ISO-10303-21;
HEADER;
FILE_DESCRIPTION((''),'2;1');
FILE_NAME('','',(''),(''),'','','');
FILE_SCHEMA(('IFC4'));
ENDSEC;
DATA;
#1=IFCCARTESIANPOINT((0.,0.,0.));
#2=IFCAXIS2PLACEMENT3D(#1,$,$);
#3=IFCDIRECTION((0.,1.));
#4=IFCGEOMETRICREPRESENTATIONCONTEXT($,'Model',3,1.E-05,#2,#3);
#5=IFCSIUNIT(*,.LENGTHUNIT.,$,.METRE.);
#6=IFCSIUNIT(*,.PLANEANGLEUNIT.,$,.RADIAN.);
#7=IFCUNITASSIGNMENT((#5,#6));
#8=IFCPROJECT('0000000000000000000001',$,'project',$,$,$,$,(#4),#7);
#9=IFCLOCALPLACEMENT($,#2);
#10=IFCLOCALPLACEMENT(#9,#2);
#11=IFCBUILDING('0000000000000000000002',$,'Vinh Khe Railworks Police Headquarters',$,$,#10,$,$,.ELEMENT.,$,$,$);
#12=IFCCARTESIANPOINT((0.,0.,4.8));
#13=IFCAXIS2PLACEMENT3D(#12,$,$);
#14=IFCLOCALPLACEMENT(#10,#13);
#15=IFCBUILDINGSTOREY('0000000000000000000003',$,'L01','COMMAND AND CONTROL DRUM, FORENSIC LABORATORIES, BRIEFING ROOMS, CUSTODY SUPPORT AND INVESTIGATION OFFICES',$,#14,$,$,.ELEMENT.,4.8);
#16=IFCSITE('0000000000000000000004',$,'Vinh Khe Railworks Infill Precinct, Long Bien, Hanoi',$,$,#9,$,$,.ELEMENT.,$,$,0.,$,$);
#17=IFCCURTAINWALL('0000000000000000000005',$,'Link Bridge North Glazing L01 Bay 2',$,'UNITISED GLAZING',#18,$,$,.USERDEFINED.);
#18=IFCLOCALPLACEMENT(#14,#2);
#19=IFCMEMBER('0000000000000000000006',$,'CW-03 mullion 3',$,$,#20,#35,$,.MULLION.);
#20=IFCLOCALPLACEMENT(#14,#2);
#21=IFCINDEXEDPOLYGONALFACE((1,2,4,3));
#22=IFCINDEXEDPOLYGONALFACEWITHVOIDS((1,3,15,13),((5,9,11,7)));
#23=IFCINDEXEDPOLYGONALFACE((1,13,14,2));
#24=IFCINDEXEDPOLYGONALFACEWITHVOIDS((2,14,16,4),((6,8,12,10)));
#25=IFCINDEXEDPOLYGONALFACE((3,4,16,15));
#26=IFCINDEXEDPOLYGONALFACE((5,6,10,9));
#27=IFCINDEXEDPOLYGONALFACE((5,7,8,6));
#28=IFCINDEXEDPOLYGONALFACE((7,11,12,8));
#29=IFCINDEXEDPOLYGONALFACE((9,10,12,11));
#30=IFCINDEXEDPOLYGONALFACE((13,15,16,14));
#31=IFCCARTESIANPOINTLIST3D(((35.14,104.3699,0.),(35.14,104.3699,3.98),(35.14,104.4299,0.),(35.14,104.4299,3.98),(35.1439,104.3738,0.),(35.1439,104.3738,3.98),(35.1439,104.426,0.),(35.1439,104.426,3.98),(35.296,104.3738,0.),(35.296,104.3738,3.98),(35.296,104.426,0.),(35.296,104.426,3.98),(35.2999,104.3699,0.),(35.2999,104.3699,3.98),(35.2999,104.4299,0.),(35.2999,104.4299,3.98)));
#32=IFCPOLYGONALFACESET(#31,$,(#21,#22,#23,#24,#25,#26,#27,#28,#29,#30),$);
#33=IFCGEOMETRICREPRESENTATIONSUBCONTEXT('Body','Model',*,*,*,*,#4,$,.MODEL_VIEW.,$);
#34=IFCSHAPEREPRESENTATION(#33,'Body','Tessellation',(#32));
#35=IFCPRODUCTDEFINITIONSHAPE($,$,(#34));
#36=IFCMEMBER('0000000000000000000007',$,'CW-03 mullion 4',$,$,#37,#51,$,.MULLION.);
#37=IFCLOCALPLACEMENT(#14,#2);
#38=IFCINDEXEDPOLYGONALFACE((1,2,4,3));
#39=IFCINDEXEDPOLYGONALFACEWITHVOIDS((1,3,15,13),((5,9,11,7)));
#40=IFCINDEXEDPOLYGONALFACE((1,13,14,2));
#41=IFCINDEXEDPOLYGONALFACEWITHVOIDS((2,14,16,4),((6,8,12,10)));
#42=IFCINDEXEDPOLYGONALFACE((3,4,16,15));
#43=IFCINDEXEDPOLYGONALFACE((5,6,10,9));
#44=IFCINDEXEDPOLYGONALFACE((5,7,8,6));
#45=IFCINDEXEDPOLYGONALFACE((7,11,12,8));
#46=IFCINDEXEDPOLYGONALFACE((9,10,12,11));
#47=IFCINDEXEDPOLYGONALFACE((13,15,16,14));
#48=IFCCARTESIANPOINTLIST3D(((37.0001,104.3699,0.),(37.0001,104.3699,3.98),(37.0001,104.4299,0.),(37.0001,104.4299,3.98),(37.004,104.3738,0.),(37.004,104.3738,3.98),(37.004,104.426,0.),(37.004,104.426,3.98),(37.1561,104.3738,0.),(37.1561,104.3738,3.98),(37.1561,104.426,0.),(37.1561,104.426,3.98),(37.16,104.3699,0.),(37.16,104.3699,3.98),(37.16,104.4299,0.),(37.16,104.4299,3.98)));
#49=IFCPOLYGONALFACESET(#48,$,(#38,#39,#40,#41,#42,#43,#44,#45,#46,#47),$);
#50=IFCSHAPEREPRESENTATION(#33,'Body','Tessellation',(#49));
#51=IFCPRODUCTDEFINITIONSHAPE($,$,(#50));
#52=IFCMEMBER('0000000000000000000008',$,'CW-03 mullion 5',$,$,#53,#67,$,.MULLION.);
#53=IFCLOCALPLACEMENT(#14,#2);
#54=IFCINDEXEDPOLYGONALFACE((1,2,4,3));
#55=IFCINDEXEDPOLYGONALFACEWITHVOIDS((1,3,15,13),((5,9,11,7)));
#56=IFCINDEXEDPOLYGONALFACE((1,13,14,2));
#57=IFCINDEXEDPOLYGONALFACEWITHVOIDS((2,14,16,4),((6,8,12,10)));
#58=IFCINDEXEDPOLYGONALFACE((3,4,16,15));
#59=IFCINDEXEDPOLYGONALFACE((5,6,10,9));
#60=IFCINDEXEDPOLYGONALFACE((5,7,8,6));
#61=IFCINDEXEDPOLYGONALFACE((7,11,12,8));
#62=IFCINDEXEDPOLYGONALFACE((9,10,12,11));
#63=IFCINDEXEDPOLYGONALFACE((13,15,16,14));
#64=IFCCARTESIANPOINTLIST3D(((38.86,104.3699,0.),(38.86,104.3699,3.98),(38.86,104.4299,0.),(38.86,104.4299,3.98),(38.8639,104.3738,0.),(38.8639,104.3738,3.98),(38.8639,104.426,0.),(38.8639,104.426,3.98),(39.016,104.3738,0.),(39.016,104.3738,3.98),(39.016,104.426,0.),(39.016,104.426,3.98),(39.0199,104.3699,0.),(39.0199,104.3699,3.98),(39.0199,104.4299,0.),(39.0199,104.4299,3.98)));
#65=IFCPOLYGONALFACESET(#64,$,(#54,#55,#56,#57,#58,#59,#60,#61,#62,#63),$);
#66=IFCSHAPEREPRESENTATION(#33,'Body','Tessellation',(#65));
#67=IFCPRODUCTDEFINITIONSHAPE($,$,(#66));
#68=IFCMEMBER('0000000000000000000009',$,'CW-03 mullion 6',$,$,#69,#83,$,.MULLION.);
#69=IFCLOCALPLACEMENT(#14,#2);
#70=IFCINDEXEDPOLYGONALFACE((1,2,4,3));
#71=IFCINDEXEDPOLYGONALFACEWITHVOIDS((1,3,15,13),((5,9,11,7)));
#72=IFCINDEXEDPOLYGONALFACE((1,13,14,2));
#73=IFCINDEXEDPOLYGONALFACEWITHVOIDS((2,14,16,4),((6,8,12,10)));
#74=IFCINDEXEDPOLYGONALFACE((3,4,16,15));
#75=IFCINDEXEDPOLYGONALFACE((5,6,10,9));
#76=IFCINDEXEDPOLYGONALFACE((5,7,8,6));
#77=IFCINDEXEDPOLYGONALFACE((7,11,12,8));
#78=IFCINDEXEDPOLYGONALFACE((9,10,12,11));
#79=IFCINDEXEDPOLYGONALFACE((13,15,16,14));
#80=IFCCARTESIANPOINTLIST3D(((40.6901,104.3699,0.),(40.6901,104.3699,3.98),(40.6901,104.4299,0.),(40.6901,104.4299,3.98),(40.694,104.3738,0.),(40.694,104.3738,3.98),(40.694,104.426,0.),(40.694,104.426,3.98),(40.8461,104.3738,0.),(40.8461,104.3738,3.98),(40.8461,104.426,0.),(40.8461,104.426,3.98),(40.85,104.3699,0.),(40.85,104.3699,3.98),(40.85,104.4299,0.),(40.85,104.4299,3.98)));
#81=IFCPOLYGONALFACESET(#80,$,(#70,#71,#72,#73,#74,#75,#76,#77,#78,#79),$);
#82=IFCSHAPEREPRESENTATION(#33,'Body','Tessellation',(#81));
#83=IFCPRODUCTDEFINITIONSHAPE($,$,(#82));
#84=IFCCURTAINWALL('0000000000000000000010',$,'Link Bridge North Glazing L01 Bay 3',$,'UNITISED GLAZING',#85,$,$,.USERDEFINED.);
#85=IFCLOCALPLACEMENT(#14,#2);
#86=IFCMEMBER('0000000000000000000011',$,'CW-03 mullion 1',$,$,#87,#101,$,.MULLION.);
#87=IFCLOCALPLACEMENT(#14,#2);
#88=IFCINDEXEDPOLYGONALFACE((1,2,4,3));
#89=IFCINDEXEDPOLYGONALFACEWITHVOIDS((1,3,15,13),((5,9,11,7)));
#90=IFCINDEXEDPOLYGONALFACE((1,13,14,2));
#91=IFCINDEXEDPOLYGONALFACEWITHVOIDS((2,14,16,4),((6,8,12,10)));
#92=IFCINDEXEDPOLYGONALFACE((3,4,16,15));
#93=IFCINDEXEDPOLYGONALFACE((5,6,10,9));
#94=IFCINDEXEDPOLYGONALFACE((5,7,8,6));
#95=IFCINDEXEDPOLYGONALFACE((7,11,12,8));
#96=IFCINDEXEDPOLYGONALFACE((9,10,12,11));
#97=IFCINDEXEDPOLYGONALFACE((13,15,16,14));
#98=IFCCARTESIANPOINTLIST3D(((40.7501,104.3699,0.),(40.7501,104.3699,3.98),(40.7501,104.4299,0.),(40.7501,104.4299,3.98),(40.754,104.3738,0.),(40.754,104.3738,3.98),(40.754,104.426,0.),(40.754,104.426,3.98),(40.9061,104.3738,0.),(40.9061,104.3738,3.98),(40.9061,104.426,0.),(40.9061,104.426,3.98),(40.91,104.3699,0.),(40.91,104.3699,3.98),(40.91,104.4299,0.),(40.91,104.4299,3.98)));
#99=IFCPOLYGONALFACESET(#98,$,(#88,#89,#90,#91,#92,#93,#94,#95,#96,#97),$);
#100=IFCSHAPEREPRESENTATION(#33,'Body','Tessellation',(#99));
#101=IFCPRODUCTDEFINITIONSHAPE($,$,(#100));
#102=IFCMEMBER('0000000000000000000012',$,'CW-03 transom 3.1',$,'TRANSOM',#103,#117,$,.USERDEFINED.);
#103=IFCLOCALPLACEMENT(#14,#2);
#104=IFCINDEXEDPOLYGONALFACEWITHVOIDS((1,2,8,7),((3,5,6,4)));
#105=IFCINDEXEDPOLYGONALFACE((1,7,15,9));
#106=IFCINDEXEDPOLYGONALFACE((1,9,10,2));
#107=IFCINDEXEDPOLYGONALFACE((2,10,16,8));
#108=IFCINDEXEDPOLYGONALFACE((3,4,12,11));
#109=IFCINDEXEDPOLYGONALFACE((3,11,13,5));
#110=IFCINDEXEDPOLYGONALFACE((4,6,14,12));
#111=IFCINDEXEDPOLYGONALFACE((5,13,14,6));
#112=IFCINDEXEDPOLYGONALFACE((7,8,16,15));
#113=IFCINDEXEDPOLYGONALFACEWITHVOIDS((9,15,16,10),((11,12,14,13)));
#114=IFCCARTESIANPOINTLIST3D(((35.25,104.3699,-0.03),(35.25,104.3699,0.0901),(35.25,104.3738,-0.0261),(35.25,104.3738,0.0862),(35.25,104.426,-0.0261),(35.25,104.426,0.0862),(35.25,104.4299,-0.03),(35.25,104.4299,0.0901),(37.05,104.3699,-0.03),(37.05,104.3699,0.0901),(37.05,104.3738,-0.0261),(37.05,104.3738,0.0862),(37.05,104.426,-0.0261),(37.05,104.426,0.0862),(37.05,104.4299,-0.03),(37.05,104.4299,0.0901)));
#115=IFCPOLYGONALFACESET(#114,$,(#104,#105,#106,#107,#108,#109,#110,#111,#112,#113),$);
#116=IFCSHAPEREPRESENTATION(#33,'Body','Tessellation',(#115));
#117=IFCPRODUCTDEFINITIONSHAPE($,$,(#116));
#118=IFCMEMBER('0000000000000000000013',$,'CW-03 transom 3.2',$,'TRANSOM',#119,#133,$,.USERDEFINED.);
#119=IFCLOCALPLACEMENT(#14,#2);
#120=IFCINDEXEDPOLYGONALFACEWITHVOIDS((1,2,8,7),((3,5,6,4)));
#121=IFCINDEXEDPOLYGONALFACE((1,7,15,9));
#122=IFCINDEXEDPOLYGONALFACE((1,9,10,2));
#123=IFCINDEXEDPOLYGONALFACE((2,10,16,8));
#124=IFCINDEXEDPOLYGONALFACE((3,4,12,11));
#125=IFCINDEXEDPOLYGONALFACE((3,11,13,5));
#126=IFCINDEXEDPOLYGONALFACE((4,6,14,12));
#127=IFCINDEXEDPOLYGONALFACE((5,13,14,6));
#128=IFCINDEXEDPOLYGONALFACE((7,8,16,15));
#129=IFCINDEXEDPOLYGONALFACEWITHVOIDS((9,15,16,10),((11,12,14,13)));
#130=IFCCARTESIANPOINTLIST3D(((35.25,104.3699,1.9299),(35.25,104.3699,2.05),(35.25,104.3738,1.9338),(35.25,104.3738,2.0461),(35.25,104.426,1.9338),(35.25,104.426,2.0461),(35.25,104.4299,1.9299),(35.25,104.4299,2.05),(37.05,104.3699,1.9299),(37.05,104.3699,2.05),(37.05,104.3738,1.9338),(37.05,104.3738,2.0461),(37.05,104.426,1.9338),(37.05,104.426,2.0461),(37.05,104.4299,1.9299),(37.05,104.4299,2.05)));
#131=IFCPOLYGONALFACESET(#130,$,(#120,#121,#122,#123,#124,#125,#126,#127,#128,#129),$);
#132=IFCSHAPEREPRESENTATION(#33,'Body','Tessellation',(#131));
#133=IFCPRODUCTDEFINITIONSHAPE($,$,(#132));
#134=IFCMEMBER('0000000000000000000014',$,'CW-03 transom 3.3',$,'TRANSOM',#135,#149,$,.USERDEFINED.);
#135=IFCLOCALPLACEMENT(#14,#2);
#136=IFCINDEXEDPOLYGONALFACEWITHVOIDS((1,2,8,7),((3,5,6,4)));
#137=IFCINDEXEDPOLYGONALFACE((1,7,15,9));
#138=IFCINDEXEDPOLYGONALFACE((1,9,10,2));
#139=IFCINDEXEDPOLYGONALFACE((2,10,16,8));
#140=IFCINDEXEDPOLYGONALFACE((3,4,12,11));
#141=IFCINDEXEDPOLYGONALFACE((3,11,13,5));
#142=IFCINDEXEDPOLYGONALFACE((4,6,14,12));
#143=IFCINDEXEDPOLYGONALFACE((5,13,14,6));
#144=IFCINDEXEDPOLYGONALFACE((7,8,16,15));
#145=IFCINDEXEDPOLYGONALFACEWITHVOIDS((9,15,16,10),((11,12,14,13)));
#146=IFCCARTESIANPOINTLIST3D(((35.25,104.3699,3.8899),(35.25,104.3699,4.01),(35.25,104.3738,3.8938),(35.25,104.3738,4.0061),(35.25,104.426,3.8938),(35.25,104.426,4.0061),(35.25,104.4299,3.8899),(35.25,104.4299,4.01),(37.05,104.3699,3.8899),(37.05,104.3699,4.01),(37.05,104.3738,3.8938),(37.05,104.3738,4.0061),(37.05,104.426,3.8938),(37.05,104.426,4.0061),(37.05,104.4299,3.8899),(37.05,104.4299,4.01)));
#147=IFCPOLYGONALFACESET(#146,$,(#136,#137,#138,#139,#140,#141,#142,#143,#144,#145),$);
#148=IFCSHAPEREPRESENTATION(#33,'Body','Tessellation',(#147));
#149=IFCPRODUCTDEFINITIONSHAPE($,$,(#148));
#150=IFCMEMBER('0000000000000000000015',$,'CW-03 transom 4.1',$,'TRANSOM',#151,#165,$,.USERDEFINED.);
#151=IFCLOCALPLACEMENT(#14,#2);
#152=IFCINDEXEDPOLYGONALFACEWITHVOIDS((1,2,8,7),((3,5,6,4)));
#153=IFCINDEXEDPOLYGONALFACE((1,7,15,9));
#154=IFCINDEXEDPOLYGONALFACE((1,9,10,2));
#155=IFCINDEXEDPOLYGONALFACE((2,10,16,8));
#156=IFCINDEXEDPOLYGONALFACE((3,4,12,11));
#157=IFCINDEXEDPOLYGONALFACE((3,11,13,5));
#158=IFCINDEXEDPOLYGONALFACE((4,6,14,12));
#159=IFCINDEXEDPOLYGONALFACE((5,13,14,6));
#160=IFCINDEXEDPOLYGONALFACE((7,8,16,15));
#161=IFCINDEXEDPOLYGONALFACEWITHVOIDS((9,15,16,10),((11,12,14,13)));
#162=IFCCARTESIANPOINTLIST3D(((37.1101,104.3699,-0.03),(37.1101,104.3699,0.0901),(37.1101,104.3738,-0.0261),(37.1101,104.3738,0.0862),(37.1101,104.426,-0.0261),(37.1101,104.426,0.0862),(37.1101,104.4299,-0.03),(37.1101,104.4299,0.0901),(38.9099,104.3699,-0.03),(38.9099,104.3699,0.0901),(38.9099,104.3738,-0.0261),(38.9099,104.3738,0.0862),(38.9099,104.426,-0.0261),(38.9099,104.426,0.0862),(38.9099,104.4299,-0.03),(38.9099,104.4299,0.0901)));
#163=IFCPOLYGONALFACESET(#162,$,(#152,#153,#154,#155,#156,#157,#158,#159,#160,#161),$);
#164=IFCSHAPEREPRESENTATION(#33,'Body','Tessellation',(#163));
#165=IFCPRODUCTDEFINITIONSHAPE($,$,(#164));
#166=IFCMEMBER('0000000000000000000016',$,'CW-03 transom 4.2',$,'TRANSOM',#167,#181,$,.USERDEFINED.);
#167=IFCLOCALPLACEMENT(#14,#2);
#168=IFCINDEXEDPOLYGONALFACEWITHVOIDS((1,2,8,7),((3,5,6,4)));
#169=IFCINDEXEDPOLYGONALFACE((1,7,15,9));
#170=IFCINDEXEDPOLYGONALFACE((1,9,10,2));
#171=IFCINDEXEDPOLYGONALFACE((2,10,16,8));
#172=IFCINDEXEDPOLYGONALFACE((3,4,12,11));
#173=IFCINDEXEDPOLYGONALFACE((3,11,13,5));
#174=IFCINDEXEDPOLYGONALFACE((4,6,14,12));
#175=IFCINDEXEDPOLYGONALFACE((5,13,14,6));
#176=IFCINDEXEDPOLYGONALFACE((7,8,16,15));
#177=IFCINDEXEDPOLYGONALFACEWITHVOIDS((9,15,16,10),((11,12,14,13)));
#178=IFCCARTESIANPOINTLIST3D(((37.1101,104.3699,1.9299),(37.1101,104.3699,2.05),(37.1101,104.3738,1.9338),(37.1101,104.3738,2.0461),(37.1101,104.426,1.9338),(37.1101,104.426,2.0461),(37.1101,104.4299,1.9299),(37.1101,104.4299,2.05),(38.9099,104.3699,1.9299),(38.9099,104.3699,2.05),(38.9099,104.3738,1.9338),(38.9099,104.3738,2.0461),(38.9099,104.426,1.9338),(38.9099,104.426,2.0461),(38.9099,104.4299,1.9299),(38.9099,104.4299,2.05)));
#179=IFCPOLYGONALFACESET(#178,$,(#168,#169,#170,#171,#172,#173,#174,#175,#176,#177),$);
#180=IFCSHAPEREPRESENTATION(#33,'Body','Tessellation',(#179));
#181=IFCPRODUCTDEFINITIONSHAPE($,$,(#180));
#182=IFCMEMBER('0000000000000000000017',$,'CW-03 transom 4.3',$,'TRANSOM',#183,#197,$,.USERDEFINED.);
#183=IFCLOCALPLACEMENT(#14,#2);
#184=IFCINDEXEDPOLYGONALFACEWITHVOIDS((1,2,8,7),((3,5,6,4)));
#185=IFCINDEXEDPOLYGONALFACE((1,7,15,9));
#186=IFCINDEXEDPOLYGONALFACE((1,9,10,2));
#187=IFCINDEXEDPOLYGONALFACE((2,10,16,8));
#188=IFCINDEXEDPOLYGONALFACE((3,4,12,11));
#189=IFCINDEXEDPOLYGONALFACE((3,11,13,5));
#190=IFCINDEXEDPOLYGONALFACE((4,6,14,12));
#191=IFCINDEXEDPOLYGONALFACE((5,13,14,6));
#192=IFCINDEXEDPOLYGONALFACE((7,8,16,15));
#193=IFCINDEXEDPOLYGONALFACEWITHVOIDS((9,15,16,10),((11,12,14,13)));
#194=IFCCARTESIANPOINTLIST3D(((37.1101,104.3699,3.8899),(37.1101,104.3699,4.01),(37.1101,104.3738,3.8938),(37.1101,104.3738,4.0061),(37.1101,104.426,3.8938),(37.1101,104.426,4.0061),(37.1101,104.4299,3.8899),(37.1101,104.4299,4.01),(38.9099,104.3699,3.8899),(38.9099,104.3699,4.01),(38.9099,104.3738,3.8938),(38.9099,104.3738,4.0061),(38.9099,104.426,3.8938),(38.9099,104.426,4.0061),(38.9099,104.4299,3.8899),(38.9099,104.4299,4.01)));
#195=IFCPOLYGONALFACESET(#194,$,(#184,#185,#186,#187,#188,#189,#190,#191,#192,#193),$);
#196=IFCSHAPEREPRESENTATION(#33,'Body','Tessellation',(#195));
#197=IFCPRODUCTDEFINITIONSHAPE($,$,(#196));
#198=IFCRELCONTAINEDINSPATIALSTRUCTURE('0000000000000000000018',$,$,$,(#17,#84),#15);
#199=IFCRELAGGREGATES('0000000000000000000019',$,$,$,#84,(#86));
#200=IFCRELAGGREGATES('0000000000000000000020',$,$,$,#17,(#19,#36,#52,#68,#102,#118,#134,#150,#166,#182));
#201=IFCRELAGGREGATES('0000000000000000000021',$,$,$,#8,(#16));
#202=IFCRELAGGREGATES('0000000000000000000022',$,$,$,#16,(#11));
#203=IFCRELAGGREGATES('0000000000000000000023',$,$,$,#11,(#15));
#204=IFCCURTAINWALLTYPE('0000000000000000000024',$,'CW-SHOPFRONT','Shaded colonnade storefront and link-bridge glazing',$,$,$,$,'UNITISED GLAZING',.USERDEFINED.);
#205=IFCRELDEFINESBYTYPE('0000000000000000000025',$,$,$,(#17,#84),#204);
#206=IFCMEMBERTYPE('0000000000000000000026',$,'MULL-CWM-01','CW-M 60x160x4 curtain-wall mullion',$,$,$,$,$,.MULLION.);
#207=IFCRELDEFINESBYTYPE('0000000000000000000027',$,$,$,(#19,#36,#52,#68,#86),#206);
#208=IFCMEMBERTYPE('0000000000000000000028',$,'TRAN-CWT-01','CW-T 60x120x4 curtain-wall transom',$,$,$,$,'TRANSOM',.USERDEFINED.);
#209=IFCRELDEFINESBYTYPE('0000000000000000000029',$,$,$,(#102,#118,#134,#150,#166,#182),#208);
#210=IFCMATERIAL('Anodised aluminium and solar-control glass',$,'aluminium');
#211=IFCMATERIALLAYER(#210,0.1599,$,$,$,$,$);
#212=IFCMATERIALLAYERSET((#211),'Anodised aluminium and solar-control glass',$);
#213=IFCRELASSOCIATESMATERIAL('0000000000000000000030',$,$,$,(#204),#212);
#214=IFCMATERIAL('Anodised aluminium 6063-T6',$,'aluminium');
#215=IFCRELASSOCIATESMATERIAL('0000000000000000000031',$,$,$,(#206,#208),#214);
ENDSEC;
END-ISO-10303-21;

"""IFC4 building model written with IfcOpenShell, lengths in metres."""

from ifc_helpers import new_model, si_unit, direction, frame, origin, origin_2d, place, context, subcontext, project, spatial, hollow_rectangle, extrude, material, layer, layer_set, material_profile, profile_set, type_object, element, aggregate, save


model = new_model("IFC4")

# Units and contexts
model_context = context("Model", 3, precision=1e-05, world=origin(), true_north=direction((0.0, 1.0)))
body_context = subcontext(model_context, "Body", "Model", "MODEL_VIEW")
ifc_project = project(units=[si_unit("LENGTHUNIT", "METRE"), si_unit("PLANEANGLEUNIT", "RADIAN")], contexts=[model_context])

# Site, building, storey
site_placement = place(None, origin())
site = spatial("IfcSite", under=ifc_project, at=site_placement, Name="Vinh Khe Railworks Infill Precinct, Long Bien, Hanoi", CompositionType="ELEMENT", RefElevation=0.0)
building_placement = place(site_placement, origin())
building = spatial("IfcBuilding", under=site, at=building_placement, Name="Vinh Khe Railworks Police Headquarters", CompositionType="ELEMENT")
storey_placement = place(building_placement, frame((0.0, 0.0, 4.8)))
storey = spatial("IfcBuildingStorey", under=building, at=storey_placement, Name="L01", Description="COMMAND AND CONTROL DRUM, FORENSIC LABORATORIES, BRIEFING ROOMS, CUSTODY SUPPORT AND INVESTIGATION OFFICES", CompositionType="ELEMENT", Elevation=4.8)

# Curtain wall, members
ifc_material_1 = material(Name="Anodised aluminium and solar-control glass", Category="aluminium")
ifc_layer_1 = layer(ifc_material_1, 0.1599)
ifc_layer_set_1 = layer_set([ifc_layer_1], Name="Anodised aluminium and solar-control glass")
curtain_wall_type = type_object("IfcCurtainWallType", Name="CW-SHOPFRONT", Description="Shaded colonnade storefront and link-bridge glazing", ElementType="UNITISED GLAZING", PredefinedType="USERDEFINED", material=ifc_layer_set_1)
curtain_wall_1_placement = place(storey_placement, origin())
curtain_wall_1 = element("IfcCurtainWall", 1, at=curtain_wall_1_placement, inside=storey, type_object=curtain_wall_type, Name="Link Bridge North Glazing L01 Bay 2", ObjectType="UNITISED GLAZING", PredefinedType="USERDEFINED")
ifc_material_2 = material(Name="Anodised aluminium 6063-T6", Category="aluminium")
ifc_material_profile_1 = material_profile(ifc_material_2, hollow_rectangle(XDim=0.0601, YDim=0.1599, WallThickness=0.0039, at=origin_2d()), Name="CW-M 60x160x4")
ifc_profile_set_1 = profile_set([ifc_material_profile_1], Name="Anodised aluminium 6063-T6")
member_type_1 = type_object("IfcMemberType", Name="MULL-CWM-01", Description="CW-M 60x160x4 curtain-wall mullion", PredefinedType="MULLION", material=ifc_profile_set_1)
member_1_placement = place(storey_placement, frame((35.22, 104.3999, 0.0), z_axis=(0.0, 0.0, 1.0), x_axis=(0.0, 1.0, 0.0)))
member_1 = element("IfcMember", 2, at=member_1_placement, type_object=member_type_1, Name="CW-03 mullion 3", PredefinedType="MULLION", context=body_context, shape_type="SweptSolid", body=[
    extrude(hollow_rectangle(XDim=0.0601, YDim=0.1599, WallThickness=0.0039, at=origin_2d()), origin(), (0.0, 0.0, 1.0), 3.98),
])
member_2_placement = place(storey_placement, frame((37.0801, 104.3999, 0.0), z_axis=(0.0, 0.0, 1.0), x_axis=(0.0, 1.0, 0.0)))
member_2 = element("IfcMember", 3, at=member_2_placement, type_object=member_type_1, Name="CW-03 mullion 4", PredefinedType="MULLION", context=body_context, shape_type="SweptSolid", body=[
    extrude(hollow_rectangle(XDim=0.0601, YDim=0.1599, WallThickness=0.0039, at=origin_2d()), origin(), (0.0, 0.0, 1.0), 3.98),
])
member_3_placement = place(storey_placement, frame((38.9399, 104.3999, 0.0), z_axis=(0.0, 0.0, 1.0), x_axis=(0.0, 1.0, 0.0)))
member_3 = element("IfcMember", 4, at=member_3_placement, type_object=member_type_1, Name="CW-03 mullion 5", PredefinedType="MULLION", context=body_context, shape_type="SweptSolid", body=[
    extrude(hollow_rectangle(XDim=0.0601, YDim=0.1599, WallThickness=0.0039, at=origin_2d()), origin(), (0.0, 0.0, 1.0), 3.98),
])
member_4_placement = place(storey_placement, frame((40.77, 104.3999, 0.0), z_axis=(0.0, 0.0, 1.0), x_axis=(0.0, 1.0, 0.0)))
member_4 = element("IfcMember", 5, at=member_4_placement, type_object=member_type_1, Name="CW-03 mullion 6", PredefinedType="MULLION", context=body_context, shape_type="SweptSolid", body=[
    extrude(hollow_rectangle(XDim=0.0601, YDim=0.1599, WallThickness=0.0039, at=origin_2d()), origin(), (0.0, 0.0, 1.0), 3.98),
])

# Curtain wall, member
curtain_wall_2_placement = place(storey_placement, origin())
curtain_wall_2 = element("IfcCurtainWall", 6, at=curtain_wall_2_placement, inside=storey, type_object=curtain_wall_type, Name="Link Bridge North Glazing L01 Bay 3", ObjectType="UNITISED GLAZING", PredefinedType="USERDEFINED")
member_5_placement = place(storey_placement, frame((40.8301, 104.3999, 0.0), z_axis=(0.0, 0.0, 1.0), x_axis=(0.0, 1.0, 0.0)))
member_5 = element("IfcMember", 7, at=member_5_placement, type_object=member_type_1, Name="CW-03 mullion 1", PredefinedType="MULLION", context=body_context, shape_type="SweptSolid", body=[
    extrude(hollow_rectangle(XDim=0.0601, YDim=0.1599, WallThickness=0.0039, at=origin_2d()), origin(), (0.0, 0.0, 1.0), 3.98),
])

# Members
ifc_material_profile_2 = material_profile(ifc_material_2, hollow_rectangle(XDim=0.0601, YDim=0.1201, WallThickness=0.0039, at=origin_2d()), Name="CW-T 60x120x4")
ifc_profile_set_2 = profile_set([ifc_material_profile_2], Name="Anodised aluminium 6063-T6")
member_type_2 = type_object("IfcMemberType", Name="TRAN-CWT-01", Description="CW-T 60x120x4 curtain-wall transom", ElementType="TRANSOM", PredefinedType="USERDEFINED", material=ifc_profile_set_2)
member_6_placement = place(storey_placement, frame((35.25, 104.3999, 0.03), z_axis=(1.0, 0.0, 0.0), x_axis=(0.0, 1.0, 0.0)))
member_6 = element("IfcMember", 8, at=member_6_placement, type_object=member_type_2, Name="CW-03 transom 3.1", ObjectType="TRANSOM", PredefinedType="USERDEFINED", context=body_context, shape_type="SweptSolid", body=[
    extrude(hollow_rectangle(XDim=0.0601, YDim=0.1201, WallThickness=0.0039, at=origin_2d()), origin(), (0.0, 0.0, 1.0), 1.8),
])
member_7_placement = place(storey_placement, frame((35.25, 104.3999, 1.99), z_axis=(1.0, 0.0, 0.0), x_axis=(0.0, 1.0, 0.0)))
member_7 = element("IfcMember", 9, at=member_7_placement, type_object=member_type_2, Name="CW-03 transom 3.2", ObjectType="TRANSOM", PredefinedType="USERDEFINED", context=body_context, shape_type="SweptSolid", body=[
    extrude(hollow_rectangle(XDim=0.0601, YDim=0.1201, WallThickness=0.0039, at=origin_2d()), origin(), (0.0, 0.0, 1.0), 1.8),
])
member_8_placement = place(storey_placement, frame((35.25, 104.3999, 3.95), z_axis=(1.0, 0.0, 0.0), x_axis=(0.0, 1.0, 0.0)))
member_8 = element("IfcMember", 10, at=member_8_placement, type_object=member_type_2, Name="CW-03 transom 3.3", ObjectType="TRANSOM", PredefinedType="USERDEFINED", context=body_context, shape_type="SweptSolid", body=[
    extrude(hollow_rectangle(XDim=0.0601, YDim=0.1201, WallThickness=0.0039, at=origin_2d()), origin(), (0.0, 0.0, 1.0), 1.8),
])
member_9_placement = place(storey_placement, frame((37.1101, 104.3999, 0.03), z_axis=(1.0, 0.0, 0.0), x_axis=(0.0, 1.0, 0.0)))
member_9 = element("IfcMember", 11, at=member_9_placement, type_object=member_type_2, Name="CW-03 transom 4.1", ObjectType="TRANSOM", PredefinedType="USERDEFINED", context=body_context, shape_type="SweptSolid", body=[
    extrude(hollow_rectangle(XDim=0.0601, YDim=0.1201, WallThickness=0.0039, at=origin_2d()), origin(), (0.0, 0.0, 1.0), 1.7998),
])
member_10_placement = place(storey_placement, frame((37.1101, 104.3999, 1.99), z_axis=(1.0, 0.0, 0.0), x_axis=(0.0, 1.0, 0.0)))
member_10 = element("IfcMember", 12, at=member_10_placement, type_object=member_type_2, Name="CW-03 transom 4.2", ObjectType="TRANSOM", PredefinedType="USERDEFINED", context=body_context, shape_type="SweptSolid", body=[
    extrude(hollow_rectangle(XDim=0.0601, YDim=0.1201, WallThickness=0.0039, at=origin_2d()), origin(), (0.0, 0.0, 1.0), 1.7998),
])
member_11_placement = place(storey_placement, frame((37.1101, 104.3999, 3.95), z_axis=(1.0, 0.0, 0.0), x_axis=(0.0, 1.0, 0.0)))
member_11 = element("IfcMember", 13, at=member_11_placement, type_object=member_type_2, Name="CW-03 transom 4.3", ObjectType="TRANSOM", PredefinedType="USERDEFINED", context=body_context, shape_type="SweptSolid", body=[
    extrude(hollow_rectangle(XDim=0.0601, YDim=0.1201, WallThickness=0.0039, at=origin_2d()), origin(), (0.0, 0.0, 1.0), 1.7998),
])
aggregate(curtain_wall_2, [member_5])

aggregate(curtain_wall_1, [member_1, member_2, member_3, member_4, member_6, member_7, member_8, member_9, member_10, member_11])

save(model, "model.ifc")
